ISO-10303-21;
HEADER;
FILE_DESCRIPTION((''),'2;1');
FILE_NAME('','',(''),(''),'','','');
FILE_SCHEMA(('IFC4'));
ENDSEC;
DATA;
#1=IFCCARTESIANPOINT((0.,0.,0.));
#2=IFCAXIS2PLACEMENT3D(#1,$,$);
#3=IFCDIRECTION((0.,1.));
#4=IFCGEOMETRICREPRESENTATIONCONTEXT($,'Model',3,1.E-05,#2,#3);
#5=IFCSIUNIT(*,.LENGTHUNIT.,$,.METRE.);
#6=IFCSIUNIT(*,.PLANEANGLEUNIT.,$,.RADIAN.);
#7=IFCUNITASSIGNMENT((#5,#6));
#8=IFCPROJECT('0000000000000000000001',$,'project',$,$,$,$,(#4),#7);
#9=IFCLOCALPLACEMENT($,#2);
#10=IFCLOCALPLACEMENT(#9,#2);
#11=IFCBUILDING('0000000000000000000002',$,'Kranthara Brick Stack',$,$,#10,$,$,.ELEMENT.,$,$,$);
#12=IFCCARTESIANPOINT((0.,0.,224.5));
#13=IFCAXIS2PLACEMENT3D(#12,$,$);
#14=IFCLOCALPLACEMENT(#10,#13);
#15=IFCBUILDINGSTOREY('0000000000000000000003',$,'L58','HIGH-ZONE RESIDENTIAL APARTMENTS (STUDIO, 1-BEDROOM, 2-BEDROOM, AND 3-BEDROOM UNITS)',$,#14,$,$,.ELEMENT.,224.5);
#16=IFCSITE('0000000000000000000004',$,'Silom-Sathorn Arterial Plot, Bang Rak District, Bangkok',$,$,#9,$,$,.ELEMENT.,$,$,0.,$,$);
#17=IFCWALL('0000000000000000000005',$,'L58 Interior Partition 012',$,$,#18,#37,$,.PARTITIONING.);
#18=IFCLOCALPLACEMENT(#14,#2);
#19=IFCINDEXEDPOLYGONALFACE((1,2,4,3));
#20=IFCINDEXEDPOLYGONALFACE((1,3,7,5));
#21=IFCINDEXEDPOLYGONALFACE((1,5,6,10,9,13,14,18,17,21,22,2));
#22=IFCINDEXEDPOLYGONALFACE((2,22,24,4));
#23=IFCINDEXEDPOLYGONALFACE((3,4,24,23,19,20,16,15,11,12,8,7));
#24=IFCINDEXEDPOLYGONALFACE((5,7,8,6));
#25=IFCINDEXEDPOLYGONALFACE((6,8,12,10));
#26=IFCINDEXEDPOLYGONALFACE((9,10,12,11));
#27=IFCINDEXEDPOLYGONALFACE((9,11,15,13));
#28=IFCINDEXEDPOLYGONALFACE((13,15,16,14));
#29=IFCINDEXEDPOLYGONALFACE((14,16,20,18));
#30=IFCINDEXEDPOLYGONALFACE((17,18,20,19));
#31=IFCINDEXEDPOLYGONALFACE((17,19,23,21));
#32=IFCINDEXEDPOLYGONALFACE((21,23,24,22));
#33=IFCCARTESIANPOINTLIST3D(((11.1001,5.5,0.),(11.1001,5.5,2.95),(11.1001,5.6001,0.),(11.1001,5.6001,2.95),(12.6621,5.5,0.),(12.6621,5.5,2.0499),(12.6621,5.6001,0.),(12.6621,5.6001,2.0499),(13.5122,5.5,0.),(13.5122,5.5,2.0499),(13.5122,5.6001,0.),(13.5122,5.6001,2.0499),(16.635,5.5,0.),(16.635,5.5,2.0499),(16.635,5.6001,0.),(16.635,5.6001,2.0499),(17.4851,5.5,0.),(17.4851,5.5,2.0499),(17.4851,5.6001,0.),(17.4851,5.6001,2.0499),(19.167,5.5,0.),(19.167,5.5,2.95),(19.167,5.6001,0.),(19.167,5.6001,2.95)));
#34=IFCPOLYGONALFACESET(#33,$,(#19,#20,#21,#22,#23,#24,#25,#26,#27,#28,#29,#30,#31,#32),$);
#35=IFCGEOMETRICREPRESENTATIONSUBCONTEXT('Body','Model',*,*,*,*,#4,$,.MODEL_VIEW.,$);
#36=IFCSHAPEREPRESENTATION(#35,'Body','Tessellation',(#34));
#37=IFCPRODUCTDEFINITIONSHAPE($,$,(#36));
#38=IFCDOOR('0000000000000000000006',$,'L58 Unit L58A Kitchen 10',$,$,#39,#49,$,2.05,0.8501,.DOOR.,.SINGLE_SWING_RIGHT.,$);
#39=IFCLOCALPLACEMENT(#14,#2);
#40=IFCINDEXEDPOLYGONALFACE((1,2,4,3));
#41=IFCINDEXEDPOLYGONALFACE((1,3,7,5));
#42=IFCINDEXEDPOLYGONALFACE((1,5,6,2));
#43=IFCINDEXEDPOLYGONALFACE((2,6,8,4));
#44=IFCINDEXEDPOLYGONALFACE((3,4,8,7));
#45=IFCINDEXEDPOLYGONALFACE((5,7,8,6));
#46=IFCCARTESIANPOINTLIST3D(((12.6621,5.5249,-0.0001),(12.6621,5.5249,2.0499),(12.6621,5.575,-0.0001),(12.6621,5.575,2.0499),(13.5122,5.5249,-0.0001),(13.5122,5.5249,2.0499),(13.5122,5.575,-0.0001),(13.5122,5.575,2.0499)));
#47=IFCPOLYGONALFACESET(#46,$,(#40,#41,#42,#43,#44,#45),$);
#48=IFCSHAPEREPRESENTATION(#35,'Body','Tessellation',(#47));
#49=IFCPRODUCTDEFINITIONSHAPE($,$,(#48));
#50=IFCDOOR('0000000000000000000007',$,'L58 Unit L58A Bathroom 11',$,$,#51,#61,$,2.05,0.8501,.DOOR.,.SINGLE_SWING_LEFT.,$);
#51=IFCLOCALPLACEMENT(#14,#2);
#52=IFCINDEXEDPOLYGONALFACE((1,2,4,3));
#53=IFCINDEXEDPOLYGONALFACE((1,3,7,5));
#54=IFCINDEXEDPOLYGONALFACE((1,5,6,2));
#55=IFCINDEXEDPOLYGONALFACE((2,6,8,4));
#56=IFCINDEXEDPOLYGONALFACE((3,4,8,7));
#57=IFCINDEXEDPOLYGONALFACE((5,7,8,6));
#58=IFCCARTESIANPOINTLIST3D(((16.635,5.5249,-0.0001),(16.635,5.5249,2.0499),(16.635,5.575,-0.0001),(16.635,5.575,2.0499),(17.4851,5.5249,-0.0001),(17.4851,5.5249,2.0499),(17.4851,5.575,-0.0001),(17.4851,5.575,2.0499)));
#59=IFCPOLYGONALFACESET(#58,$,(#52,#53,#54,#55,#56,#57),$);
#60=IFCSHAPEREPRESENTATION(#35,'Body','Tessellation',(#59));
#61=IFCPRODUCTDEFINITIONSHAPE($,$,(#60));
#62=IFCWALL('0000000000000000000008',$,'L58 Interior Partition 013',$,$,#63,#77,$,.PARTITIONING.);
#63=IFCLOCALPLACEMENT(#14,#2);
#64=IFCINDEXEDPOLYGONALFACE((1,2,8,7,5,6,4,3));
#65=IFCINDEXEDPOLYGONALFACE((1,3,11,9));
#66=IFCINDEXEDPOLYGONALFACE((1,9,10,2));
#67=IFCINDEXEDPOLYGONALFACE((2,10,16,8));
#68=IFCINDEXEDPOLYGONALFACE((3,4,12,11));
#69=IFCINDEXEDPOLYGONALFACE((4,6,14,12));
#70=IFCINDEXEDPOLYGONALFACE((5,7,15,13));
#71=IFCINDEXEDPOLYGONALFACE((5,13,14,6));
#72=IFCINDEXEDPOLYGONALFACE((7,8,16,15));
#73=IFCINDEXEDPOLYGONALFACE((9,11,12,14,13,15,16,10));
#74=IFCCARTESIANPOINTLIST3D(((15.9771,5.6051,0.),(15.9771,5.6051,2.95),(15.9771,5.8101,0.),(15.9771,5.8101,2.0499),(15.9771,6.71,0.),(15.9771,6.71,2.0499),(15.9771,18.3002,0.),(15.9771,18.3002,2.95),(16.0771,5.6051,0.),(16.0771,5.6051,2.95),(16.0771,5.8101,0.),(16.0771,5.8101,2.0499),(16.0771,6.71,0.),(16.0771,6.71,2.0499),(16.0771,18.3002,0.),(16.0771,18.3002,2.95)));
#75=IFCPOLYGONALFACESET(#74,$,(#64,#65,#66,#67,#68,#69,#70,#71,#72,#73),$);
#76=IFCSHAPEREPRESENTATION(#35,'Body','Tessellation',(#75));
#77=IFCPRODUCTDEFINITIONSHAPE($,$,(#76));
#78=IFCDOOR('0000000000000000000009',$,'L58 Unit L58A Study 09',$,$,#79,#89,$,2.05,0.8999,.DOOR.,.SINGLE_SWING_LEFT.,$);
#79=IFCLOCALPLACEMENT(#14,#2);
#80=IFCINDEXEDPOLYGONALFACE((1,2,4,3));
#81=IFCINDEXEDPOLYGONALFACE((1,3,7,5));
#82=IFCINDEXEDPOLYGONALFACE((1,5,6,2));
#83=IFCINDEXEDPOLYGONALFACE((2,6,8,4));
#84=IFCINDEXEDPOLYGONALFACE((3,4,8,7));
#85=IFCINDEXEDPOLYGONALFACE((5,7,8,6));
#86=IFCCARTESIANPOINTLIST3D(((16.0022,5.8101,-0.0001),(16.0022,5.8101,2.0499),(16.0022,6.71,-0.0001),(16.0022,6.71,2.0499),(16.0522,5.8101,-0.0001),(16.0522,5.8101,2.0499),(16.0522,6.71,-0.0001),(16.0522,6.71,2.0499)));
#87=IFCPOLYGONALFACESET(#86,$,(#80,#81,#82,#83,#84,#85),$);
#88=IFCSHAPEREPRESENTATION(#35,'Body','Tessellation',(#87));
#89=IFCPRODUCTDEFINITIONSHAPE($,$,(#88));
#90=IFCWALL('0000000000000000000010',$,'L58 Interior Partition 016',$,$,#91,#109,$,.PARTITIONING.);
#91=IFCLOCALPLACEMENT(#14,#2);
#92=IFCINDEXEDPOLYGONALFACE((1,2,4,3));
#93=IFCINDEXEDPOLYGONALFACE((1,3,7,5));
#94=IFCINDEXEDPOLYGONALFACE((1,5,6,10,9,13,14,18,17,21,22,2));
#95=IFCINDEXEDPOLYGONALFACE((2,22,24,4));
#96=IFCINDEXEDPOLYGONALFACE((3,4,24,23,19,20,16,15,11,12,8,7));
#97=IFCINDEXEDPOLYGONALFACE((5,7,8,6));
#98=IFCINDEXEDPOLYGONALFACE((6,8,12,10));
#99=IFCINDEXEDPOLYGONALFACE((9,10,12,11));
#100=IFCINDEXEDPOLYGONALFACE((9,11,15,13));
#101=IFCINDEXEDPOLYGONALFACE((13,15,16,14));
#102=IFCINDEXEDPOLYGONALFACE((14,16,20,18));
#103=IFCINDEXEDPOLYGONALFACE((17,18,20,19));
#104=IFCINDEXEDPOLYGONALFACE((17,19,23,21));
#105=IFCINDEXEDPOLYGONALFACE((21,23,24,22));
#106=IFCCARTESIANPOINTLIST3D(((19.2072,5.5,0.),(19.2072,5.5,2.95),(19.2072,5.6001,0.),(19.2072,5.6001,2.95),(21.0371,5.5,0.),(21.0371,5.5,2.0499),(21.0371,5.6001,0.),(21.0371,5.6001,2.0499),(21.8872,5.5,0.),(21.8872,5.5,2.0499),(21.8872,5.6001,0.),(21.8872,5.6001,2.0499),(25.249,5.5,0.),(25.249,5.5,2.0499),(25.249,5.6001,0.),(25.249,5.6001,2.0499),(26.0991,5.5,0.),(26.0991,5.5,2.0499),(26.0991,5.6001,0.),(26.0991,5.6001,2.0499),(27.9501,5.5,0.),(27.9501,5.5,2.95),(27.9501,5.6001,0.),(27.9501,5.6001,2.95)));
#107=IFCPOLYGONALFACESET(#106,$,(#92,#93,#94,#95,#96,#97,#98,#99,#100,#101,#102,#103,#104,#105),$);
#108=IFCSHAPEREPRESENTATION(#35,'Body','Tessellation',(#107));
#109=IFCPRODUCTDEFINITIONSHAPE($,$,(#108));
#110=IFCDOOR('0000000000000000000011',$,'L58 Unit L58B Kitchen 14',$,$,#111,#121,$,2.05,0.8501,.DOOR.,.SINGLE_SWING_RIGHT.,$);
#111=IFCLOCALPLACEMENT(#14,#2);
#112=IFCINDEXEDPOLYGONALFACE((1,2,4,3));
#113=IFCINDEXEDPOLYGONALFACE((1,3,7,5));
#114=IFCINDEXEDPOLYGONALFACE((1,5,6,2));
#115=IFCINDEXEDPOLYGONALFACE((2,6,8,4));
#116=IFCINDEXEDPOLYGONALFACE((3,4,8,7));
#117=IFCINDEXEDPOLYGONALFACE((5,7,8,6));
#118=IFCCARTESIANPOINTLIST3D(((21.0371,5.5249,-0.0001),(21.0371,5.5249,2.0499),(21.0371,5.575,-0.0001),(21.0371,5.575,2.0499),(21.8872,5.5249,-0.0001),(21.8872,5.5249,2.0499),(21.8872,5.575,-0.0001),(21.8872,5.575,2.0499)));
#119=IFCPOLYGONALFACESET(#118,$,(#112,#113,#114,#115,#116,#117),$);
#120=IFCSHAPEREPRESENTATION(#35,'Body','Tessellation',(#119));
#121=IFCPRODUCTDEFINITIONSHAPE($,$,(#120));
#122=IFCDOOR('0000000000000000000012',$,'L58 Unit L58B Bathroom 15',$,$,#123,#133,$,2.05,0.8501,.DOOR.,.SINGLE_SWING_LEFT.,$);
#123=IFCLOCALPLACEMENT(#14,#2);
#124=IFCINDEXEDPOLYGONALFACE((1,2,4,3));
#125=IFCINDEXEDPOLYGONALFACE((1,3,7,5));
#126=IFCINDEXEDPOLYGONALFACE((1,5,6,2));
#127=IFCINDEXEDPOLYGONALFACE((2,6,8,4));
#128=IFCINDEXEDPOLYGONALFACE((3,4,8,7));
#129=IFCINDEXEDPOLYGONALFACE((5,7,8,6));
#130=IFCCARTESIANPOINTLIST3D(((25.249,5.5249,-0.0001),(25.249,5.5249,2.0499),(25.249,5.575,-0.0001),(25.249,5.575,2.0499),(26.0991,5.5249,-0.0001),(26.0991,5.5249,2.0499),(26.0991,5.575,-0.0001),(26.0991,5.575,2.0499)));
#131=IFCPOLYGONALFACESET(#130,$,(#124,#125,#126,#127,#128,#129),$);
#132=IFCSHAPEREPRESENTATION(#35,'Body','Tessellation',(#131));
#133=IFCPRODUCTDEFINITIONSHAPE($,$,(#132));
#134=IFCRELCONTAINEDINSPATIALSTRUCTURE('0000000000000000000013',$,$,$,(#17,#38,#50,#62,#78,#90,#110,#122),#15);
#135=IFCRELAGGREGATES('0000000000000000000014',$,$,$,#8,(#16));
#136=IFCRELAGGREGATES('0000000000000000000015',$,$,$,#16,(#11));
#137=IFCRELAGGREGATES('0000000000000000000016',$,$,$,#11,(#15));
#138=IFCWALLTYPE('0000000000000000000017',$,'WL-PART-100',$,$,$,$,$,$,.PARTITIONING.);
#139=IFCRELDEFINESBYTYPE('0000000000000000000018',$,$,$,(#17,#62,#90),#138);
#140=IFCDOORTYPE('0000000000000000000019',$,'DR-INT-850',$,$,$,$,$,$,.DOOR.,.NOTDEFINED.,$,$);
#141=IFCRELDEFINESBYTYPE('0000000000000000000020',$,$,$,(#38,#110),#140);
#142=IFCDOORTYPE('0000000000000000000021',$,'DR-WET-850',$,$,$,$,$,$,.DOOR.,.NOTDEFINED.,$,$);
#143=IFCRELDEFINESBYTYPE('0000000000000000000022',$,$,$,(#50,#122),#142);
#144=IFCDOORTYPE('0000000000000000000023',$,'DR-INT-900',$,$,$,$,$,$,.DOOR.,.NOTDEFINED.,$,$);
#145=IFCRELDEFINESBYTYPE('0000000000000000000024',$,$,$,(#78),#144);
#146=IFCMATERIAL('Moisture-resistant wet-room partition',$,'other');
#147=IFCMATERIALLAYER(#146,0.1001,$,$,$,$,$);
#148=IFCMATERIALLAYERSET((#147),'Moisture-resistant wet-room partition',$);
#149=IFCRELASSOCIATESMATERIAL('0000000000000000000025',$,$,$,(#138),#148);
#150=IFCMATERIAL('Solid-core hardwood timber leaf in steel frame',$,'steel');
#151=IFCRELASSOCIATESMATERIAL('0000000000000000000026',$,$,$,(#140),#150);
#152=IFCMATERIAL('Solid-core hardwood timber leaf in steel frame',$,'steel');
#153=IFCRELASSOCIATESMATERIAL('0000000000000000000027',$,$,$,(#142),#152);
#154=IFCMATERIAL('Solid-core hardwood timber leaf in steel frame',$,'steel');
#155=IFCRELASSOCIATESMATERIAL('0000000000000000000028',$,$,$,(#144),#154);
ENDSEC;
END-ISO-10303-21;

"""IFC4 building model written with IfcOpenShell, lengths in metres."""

from ifc_helpers import new_model, si_unit, direction, frame, frame_2d, origin, place, context, subcontext, project, spatial, rectangle, extrude, material, layer, layer_set, type_object, element, fill, save


model = new_model("IFC4")

# Units and contexts
model_context = context("Model", 3, precision=1e-05, world=origin(), true_north=direction((0.0, 1.0)))
body_context = subcontext(model_context, "Body", "Model", "MODEL_VIEW")
ifc_project = project(units=[si_unit("LENGTHUNIT", "METRE"), si_unit("PLANEANGLEUNIT", "RADIAN")], contexts=[model_context])

# Site, building, storey
site_placement = place(None, origin())
site = spatial("IfcSite", under=ifc_project, at=site_placement, Name="Silom-Sathorn Arterial Plot, Bang Rak District, Bangkok", CompositionType="ELEMENT", RefElevation=0.0)
building_placement = place(site_placement, origin())
building = spatial("IfcBuilding", under=site, at=building_placement, Name="Kranthara Brick Stack", CompositionType="ELEMENT")
storey_placement = place(building_placement, frame((0.0, 0.0, 224.5)))
storey = spatial("IfcBuildingStorey", under=building, at=storey_placement, Name="L58", Description="HIGH-ZONE RESIDENTIAL APARTMENTS (STUDIO, 1-BEDROOM, 2-BEDROOM, AND 3-BEDROOM UNITS)", CompositionType="ELEMENT", Elevation=224.5)

# Wall, openings, doors
ifc_material_1 = material(Name="Moisture-resistant wet-room partition", Category="other")
ifc_layer_1 = layer(ifc_material_1, 0.1001)
ifc_layer_set_1 = layer_set([ifc_layer_1], Name="Moisture-resistant wet-room partition")
wall_type_1 = type_object("IfcWallType", Name="WL-PART-100", PredefinedType="PARTITIONING", material=ifc_layer_set_1)
wall_1_placement = place(storey_placement, frame((11.1001, 5.55, 0.0), z_axis=(0.0, 0.0, 1.0), x_axis=(1.0, 0.0, 0.0)))
wall_1 = element("IfcWall", 1, at=wall_1_placement, inside=storey, type_object=wall_type_1, Name="L58 Interior Partition 012", PredefinedType="PARTITIONING", context=body_context, shape_type="SweptSolid", body=[
    extrude(rectangle(XDim=8.0669, YDim=0.1001, at=frame_2d((4.0334, 0.0))), origin(), (0.0, 0.0, 1.0), 2.95),
])
opening_1_placement = place(wall_1_placement, frame((1.562, 0.0, 0.0)))
opening_1 = element("IfcOpeningElement", 2, at=opening_1_placement, cuts=wall_1, PredefinedType="OPENING", context=body_context, shape_type="SweptSolid", body=[
    extrude(rectangle(XDim=0.8501, YDim=2.05, at=frame_2d((0.425, 1.0249))), frame((0.0, 0.0601, 0.0), z_axis=(0.0, -1.0, 0.0), x_axis=(1.0, 0.0, 0.0)), (0.0, 0.0, 1.0), 0.1201),
])
opening_2_placement = place(wall_1_placement, frame((5.5349, 0.0, 0.0)))
opening_2 = element("IfcOpeningElement", 3, at=opening_2_placement, cuts=wall_1, PredefinedType="OPENING", context=body_context, shape_type="SweptSolid", body=[
    extrude(rectangle(XDim=0.8501, YDim=2.05, at=frame_2d((0.425, 1.0249))), frame((0.0, 0.0601, 0.0), z_axis=(0.0, -1.0, 0.0), x_axis=(1.0, 0.0, 0.0)), (0.0, 0.0, 1.0), 0.1201),
])
ifc_material_2 = material(Name="Solid-core hardwood timber leaf in steel frame", Category="steel")
door_type_1 = type_object("IfcDoorType", Name="DR-INT-850", OperationType="NOTDEFINED", PredefinedType="DOOR", material=ifc_material_2)
door_1_placement = place(opening_1_placement, origin())
door_1 = element("IfcDoor", 4, at=door_1_placement, inside=storey, type_object=door_type_1, Name="L58 Unit L58A Kitchen 10", OperationType="SINGLE_SWING_RIGHT", OverallHeight=2.05, OverallWidth=0.8501, PredefinedType="DOOR", context=body_context, shape_type="SweptSolid", body=[
    extrude(rectangle(XDim=0.8501, YDim=2.05, at=frame_2d((0.425, 1.0249))), frame((0.0, 0.0249, 0.0), z_axis=(0.0, -1.0, 0.0), x_axis=(1.0, 0.0, 0.0)), (0.0, 0.0, 1.0), 0.05),
])
fill(opening_1, door_1)
ifc_material_3 = material(Name="Solid-core hardwood timber leaf in steel frame", Category="steel")
door_type_2 = type_object("IfcDoorType", Name="DR-WET-850", OperationType="NOTDEFINED", PredefinedType="DOOR", material=ifc_material_3)
door_2_placement = place(opening_2_placement, origin())
door_2 = element("IfcDoor", 5, at=door_2_placement, inside=storey, type_object=door_type_2, Name="L58 Unit L58A Bathroom 11", OperationType="SINGLE_SWING_LEFT", OverallHeight=2.05, OverallWidth=0.8501, PredefinedType="DOOR", context=body_context, shape_type="SweptSolid", body=[
    extrude(rectangle(XDim=0.8501, YDim=2.05, at=frame_2d((0.425, 1.0249))), frame((0.0, 0.0249, 0.0), z_axis=(0.0, -1.0, 0.0), x_axis=(1.0, 0.0, 0.0)), (0.0, 0.0, 1.0), 0.05),
])
fill(opening_2, door_2)

# Wall, opening, door
wall_2_placement = place(storey_placement, frame((16.0271, 5.605, 0.0), z_axis=(0.0, 0.0, 1.0), x_axis=(0.0, 1.0, 0.0)))
wall_2 = element("IfcWall", 6, at=wall_2_placement, inside=storey, type_object=wall_type_1, Name="L58 Interior Partition 013", PredefinedType="PARTITIONING", context=body_context, shape_type="SweptSolid", body=[
    extrude(rectangle(XDim=12.6951, YDim=0.1001, at=frame_2d((6.3477, 0.0))), origin(), (0.0, 0.0, 1.0), 2.95),
])
opening_3_placement = place(wall_2_placement, frame((0.2051, 0.0, 0.0)))
opening_3 = element("IfcOpeningElement", 7, at=opening_3_placement, cuts=wall_2, PredefinedType="OPENING", context=body_context, shape_type="SweptSolid", body=[
    extrude(rectangle(XDim=0.8999, YDim=2.05, at=frame_2d((0.45, 1.0249))), frame((0.0, 0.0601, 0.0), z_axis=(0.0, -1.0, 0.0), x_axis=(1.0, 0.0, 0.0)), (0.0, 0.0, 1.0), 0.1201),
])
ifc_material_4 = material(Name="Solid-core hardwood timber leaf in steel frame", Category="steel")
door_type_3 = type_object("IfcDoorType", Name="DR-INT-900", OperationType="NOTDEFINED", PredefinedType="DOOR", material=ifc_material_4)
door_3_placement = place(opening_3_placement, origin())
door_3 = element("IfcDoor", 8, at=door_3_placement, inside=storey, type_object=door_type_3, Name="L58 Unit L58A Study 09", OperationType="SINGLE_SWING_LEFT", OverallHeight=2.05, OverallWidth=0.8999, PredefinedType="DOOR", context=body_context, shape_type="SweptSolid", body=[
    extrude(rectangle(XDim=0.8999, YDim=2.05, at=frame_2d((0.45, 1.0249))), frame((0.0, 0.0249, 0.0), z_axis=(0.0, -1.0, 0.0), x_axis=(1.0, 0.0, 0.0)), (0.0, 0.0, 1.0), 0.05),
])
fill(opening_3, door_3)

# Wall, openings, doors
wall_3_placement = place(storey_placement, frame((19.207, 5.55, 0.0), z_axis=(0.0, 0.0, 1.0), x_axis=(1.0, 0.0, 0.0)))
wall_3 = element("IfcWall", 9, at=wall_3_placement, inside=storey, type_object=wall_type_1, Name="L58 Interior Partition 016", PredefinedType="PARTITIONING", context=body_context, shape_type="SweptSolid", body=[
    extrude(rectangle(XDim=8.7429, YDim=0.1001, at=frame_2d((4.3716, 0.0))), origin(), (0.0, 0.0, 1.0), 2.95),
])
opening_4_placement = place(wall_3_placement, frame((1.8301, 0.0, 0.0)))
opening_4 = element("IfcOpeningElement", 10, at=opening_4_placement, cuts=wall_3, PredefinedType="OPENING", context=body_context, shape_type="SweptSolid", body=[
    extrude(rectangle(XDim=0.8501, YDim=2.05, at=frame_2d((0.425, 1.0249))), frame((0.0, 0.0601, 0.0), z_axis=(0.0, -1.0, 0.0), x_axis=(1.0, 0.0, 0.0)), (0.0, 0.0, 1.0), 0.1201),
])
opening_5_placement = place(wall_3_placement, frame((6.042, 0.0, 0.0)))
opening_5 = element("IfcOpeningElement", 11, at=opening_5_placement, cuts=wall_3, PredefinedType="OPENING", context=body_context, shape_type="SweptSolid", body=[
    extrude(rectangle(XDim=0.8501, YDim=2.05, at=frame_2d((0.425, 1.0249))), frame((0.0, 0.0601, 0.0), z_axis=(0.0, -1.0, 0.0), x_axis=(1.0, 0.0, 0.0)), (0.0, 0.0, 1.0), 0.1201),
])
door_4_placement = place(opening_4_placement, origin())
door_4 = element("IfcDoor", 12, at=door_4_placement, inside=storey, type_object=door_type_1, Name="L58 Unit L58B Kitchen 14", OperationType="SINGLE_SWING_RIGHT", OverallHeight=2.05, OverallWidth=0.8501, PredefinedType="DOOR", context=body_context, shape_type="SweptSolid", body=[
    extrude(rectangle(XDim=0.8501, YDim=2.05, at=frame_2d((0.425, 1.0249))), frame((0.0, 0.0249, 0.0), z_axis=(0.0, -1.0, 0.0), x_axis=(1.0, 0.0, 0.0)), (0.0, 0.0, 1.0), 0.05),
])
fill(opening_4, door_4)
door_5_placement = place(opening_5_placement, origin())
door_5 = element("IfcDoor", 13, at=door_5_placement, inside=storey, type_object=door_type_2, Name="L58 Unit L58B Bathroom 15", OperationType="SINGLE_SWING_LEFT", OverallHeight=2.05, OverallWidth=0.8501, PredefinedType="DOOR", context=body_context, shape_type="SweptSolid", body=[
    extrude(rectangle(XDim=0.8501, YDim=2.05, at=frame_2d((0.425, 1.0249))), frame((0.0, 0.0249, 0.0), z_axis=(0.0, -1.0, 0.0), x_axis=(1.0, 0.0, 0.0)), (0.0, 0.0, 1.0), 0.05),
])
fill(opening_5, door_5)

save(model, "model.ifc")
